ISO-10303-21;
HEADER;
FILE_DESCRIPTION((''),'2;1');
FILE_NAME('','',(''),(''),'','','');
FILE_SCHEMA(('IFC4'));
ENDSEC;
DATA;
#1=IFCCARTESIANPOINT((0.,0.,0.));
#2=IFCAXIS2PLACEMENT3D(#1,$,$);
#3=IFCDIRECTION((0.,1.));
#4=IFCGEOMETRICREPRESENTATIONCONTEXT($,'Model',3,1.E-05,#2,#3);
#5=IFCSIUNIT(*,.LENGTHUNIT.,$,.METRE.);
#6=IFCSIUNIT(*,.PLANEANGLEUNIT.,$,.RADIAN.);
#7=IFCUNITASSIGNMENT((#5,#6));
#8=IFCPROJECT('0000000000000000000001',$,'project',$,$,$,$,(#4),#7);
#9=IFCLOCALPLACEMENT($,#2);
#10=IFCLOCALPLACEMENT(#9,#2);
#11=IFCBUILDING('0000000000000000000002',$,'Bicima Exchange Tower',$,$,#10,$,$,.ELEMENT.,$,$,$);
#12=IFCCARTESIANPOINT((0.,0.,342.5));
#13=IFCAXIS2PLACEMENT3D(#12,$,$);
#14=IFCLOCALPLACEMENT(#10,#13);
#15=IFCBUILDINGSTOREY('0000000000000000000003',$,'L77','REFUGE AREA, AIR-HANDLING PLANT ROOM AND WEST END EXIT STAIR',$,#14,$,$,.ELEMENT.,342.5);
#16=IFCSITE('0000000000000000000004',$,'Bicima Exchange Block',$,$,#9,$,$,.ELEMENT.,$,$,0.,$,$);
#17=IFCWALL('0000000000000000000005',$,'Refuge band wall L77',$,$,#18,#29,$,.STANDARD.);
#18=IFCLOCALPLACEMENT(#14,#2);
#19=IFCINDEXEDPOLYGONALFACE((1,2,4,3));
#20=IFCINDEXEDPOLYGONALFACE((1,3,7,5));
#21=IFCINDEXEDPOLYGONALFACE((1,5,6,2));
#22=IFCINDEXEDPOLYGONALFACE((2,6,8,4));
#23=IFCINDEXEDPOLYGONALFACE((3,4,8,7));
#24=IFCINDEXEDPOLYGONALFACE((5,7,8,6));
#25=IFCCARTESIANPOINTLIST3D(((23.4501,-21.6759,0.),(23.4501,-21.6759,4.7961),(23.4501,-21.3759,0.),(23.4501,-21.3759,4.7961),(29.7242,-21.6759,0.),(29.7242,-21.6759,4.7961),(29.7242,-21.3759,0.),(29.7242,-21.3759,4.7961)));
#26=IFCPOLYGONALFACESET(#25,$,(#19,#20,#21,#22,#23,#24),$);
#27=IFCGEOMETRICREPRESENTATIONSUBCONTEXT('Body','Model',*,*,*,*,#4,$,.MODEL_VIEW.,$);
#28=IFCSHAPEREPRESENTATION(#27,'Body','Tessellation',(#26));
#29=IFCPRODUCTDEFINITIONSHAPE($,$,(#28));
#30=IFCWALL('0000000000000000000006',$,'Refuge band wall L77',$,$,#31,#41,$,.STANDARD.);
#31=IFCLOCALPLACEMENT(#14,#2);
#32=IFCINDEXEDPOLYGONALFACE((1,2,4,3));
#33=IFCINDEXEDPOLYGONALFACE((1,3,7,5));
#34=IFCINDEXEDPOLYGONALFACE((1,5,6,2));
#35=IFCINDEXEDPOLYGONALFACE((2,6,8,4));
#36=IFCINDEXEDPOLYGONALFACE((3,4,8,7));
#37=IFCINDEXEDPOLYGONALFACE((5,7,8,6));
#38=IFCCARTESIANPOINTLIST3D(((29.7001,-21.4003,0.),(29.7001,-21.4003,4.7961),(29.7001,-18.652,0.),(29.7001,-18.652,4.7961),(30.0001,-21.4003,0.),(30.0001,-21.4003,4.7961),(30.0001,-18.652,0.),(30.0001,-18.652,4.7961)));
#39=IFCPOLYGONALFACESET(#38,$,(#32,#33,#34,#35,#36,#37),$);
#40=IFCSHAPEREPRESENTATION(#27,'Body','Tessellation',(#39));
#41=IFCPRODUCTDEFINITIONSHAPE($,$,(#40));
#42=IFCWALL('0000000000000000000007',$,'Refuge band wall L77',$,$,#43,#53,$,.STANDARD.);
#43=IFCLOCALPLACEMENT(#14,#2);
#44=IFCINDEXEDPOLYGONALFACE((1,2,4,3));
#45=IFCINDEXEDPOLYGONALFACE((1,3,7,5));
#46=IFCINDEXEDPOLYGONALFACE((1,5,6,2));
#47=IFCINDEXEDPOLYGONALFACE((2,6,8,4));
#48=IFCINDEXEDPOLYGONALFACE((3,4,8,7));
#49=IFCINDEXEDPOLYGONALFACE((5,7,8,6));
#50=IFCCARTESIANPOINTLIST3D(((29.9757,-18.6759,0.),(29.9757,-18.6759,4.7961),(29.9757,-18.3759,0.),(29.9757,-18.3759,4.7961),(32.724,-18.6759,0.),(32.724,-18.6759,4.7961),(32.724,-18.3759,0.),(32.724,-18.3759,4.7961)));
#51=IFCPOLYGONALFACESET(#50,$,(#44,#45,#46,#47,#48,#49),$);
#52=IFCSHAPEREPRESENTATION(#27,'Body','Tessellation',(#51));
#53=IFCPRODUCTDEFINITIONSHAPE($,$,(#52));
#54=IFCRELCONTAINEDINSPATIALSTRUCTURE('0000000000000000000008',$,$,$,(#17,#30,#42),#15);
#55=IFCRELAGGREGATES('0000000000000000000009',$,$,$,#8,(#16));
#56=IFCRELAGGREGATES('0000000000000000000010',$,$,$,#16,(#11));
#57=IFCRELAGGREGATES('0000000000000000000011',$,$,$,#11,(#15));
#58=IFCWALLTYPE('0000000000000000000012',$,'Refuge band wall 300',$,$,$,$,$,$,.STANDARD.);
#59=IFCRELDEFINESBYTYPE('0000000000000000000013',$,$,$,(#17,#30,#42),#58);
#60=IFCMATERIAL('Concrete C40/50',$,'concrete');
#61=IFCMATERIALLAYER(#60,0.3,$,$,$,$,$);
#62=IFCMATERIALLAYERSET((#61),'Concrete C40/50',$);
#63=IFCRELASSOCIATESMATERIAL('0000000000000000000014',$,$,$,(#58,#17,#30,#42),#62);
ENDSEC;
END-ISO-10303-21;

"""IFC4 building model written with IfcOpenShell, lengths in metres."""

from ifc_helpers import new_model, si_unit, direction, frame, frame_2d, origin, place, context, subcontext, project, spatial, rectangle, extrude, material, layer, layer_set, layer_usage, type_object, element, save


model = new_model("IFC4")

# Units and contexts
model_context = context("Model", 3, precision=1e-05, world=origin(), true_north=direction((0.0, 1.0)))
body_context = subcontext(model_context, "Body", "Model", "MODEL_VIEW")
ifc_project = project(units=[si_unit("LENGTHUNIT", "METRE"), si_unit("PLANEANGLEUNIT", "RADIAN")], contexts=[model_context])

# Site, building, storey
site_placement = place(None, origin())
site = spatial("IfcSite", under=ifc_project, at=site_placement, Name="Bicima Exchange Block", CompositionType="ELEMENT", RefElevation=0.0)
building_placement = place(site_placement, origin())
building = spatial("IfcBuilding", under=site, at=building_placement, Name="Bicima Exchange Tower", CompositionType="ELEMENT")
storey_placement = place(building_placement, frame((0.0, 0.0, 342.5)))
storey = spatial("IfcBuildingStorey", under=building, at=storey_placement, Name="L77", Description="REFUGE AREA, AIR-HANDLING PLANT ROOM AND WEST END EXIT STAIR", CompositionType="ELEMENT", Elevation=342.5)

# Shared definitions
ifc_material_1 = material(Name="Concrete C40/50", Category="concrete")

# Walls
ifc_layer_1 = layer(ifc_material_1, 0.3)
ifc_layer_set_1 = layer_set([ifc_layer_1], Name="Concrete C40/50")
ifc_layer_usage_1 = layer_usage(ifc_layer_set_1, "AXIS2", "POSITIVE", -0.15)
wall_type_1 = type_object("IfcWallType", Name="Refuge band wall 300", PredefinedType="STANDARD", material=ifc_layer_set_1)
wall_1_placement = place(storey_placement, frame((23.45, -21.5259, 0.0), z_axis=(0.0, 0.0, 1.0), x_axis=(1.0, 0.0, 0.0)))
element("IfcWall", 1, at=wall_1_placement, inside=storey, type_object=wall_type_1, material=ifc_layer_usage_1, Name="Refuge band wall L77", PredefinedType="STANDARD", context=body_context, shape_type="SweptSolid", body=[
    extrude(rectangle(XDim=6.2742, YDim=0.3, at=frame_2d((3.1372, 0.0))), origin(), (0.0, 0.0, 1.0), 4.7961),
])
for number, where, z_axis, x_axis, name in (
    (2, (29.8501, -21.4001, 0.0), (0.0, 0.0, 1.0), (0.0, 1.0, 0.0), "Refuge band wall L77"),
    (3, (29.9758, -18.5259, 0.0), (0.0, 0.0, 1.0), (1.0, 0.0, 0.0), "Refuge band wall L77"),
):
    element("IfcWall", number, at=place(storey_placement, frame(where, z_axis=z_axis, x_axis=x_axis)), inside=storey, type_object=wall_type_1, material=ifc_layer_usage_1, Name=name, PredefinedType="STANDARD", context=body_context, shape_type="SweptSolid", body=[
        extrude(rectangle(XDim=2.7483, YDim=0.3, at=frame_2d((1.374, 0.0))), origin(), (0.0, 0.0, 1.0), 4.7961),
    ])

save(model, "model.ifc")
